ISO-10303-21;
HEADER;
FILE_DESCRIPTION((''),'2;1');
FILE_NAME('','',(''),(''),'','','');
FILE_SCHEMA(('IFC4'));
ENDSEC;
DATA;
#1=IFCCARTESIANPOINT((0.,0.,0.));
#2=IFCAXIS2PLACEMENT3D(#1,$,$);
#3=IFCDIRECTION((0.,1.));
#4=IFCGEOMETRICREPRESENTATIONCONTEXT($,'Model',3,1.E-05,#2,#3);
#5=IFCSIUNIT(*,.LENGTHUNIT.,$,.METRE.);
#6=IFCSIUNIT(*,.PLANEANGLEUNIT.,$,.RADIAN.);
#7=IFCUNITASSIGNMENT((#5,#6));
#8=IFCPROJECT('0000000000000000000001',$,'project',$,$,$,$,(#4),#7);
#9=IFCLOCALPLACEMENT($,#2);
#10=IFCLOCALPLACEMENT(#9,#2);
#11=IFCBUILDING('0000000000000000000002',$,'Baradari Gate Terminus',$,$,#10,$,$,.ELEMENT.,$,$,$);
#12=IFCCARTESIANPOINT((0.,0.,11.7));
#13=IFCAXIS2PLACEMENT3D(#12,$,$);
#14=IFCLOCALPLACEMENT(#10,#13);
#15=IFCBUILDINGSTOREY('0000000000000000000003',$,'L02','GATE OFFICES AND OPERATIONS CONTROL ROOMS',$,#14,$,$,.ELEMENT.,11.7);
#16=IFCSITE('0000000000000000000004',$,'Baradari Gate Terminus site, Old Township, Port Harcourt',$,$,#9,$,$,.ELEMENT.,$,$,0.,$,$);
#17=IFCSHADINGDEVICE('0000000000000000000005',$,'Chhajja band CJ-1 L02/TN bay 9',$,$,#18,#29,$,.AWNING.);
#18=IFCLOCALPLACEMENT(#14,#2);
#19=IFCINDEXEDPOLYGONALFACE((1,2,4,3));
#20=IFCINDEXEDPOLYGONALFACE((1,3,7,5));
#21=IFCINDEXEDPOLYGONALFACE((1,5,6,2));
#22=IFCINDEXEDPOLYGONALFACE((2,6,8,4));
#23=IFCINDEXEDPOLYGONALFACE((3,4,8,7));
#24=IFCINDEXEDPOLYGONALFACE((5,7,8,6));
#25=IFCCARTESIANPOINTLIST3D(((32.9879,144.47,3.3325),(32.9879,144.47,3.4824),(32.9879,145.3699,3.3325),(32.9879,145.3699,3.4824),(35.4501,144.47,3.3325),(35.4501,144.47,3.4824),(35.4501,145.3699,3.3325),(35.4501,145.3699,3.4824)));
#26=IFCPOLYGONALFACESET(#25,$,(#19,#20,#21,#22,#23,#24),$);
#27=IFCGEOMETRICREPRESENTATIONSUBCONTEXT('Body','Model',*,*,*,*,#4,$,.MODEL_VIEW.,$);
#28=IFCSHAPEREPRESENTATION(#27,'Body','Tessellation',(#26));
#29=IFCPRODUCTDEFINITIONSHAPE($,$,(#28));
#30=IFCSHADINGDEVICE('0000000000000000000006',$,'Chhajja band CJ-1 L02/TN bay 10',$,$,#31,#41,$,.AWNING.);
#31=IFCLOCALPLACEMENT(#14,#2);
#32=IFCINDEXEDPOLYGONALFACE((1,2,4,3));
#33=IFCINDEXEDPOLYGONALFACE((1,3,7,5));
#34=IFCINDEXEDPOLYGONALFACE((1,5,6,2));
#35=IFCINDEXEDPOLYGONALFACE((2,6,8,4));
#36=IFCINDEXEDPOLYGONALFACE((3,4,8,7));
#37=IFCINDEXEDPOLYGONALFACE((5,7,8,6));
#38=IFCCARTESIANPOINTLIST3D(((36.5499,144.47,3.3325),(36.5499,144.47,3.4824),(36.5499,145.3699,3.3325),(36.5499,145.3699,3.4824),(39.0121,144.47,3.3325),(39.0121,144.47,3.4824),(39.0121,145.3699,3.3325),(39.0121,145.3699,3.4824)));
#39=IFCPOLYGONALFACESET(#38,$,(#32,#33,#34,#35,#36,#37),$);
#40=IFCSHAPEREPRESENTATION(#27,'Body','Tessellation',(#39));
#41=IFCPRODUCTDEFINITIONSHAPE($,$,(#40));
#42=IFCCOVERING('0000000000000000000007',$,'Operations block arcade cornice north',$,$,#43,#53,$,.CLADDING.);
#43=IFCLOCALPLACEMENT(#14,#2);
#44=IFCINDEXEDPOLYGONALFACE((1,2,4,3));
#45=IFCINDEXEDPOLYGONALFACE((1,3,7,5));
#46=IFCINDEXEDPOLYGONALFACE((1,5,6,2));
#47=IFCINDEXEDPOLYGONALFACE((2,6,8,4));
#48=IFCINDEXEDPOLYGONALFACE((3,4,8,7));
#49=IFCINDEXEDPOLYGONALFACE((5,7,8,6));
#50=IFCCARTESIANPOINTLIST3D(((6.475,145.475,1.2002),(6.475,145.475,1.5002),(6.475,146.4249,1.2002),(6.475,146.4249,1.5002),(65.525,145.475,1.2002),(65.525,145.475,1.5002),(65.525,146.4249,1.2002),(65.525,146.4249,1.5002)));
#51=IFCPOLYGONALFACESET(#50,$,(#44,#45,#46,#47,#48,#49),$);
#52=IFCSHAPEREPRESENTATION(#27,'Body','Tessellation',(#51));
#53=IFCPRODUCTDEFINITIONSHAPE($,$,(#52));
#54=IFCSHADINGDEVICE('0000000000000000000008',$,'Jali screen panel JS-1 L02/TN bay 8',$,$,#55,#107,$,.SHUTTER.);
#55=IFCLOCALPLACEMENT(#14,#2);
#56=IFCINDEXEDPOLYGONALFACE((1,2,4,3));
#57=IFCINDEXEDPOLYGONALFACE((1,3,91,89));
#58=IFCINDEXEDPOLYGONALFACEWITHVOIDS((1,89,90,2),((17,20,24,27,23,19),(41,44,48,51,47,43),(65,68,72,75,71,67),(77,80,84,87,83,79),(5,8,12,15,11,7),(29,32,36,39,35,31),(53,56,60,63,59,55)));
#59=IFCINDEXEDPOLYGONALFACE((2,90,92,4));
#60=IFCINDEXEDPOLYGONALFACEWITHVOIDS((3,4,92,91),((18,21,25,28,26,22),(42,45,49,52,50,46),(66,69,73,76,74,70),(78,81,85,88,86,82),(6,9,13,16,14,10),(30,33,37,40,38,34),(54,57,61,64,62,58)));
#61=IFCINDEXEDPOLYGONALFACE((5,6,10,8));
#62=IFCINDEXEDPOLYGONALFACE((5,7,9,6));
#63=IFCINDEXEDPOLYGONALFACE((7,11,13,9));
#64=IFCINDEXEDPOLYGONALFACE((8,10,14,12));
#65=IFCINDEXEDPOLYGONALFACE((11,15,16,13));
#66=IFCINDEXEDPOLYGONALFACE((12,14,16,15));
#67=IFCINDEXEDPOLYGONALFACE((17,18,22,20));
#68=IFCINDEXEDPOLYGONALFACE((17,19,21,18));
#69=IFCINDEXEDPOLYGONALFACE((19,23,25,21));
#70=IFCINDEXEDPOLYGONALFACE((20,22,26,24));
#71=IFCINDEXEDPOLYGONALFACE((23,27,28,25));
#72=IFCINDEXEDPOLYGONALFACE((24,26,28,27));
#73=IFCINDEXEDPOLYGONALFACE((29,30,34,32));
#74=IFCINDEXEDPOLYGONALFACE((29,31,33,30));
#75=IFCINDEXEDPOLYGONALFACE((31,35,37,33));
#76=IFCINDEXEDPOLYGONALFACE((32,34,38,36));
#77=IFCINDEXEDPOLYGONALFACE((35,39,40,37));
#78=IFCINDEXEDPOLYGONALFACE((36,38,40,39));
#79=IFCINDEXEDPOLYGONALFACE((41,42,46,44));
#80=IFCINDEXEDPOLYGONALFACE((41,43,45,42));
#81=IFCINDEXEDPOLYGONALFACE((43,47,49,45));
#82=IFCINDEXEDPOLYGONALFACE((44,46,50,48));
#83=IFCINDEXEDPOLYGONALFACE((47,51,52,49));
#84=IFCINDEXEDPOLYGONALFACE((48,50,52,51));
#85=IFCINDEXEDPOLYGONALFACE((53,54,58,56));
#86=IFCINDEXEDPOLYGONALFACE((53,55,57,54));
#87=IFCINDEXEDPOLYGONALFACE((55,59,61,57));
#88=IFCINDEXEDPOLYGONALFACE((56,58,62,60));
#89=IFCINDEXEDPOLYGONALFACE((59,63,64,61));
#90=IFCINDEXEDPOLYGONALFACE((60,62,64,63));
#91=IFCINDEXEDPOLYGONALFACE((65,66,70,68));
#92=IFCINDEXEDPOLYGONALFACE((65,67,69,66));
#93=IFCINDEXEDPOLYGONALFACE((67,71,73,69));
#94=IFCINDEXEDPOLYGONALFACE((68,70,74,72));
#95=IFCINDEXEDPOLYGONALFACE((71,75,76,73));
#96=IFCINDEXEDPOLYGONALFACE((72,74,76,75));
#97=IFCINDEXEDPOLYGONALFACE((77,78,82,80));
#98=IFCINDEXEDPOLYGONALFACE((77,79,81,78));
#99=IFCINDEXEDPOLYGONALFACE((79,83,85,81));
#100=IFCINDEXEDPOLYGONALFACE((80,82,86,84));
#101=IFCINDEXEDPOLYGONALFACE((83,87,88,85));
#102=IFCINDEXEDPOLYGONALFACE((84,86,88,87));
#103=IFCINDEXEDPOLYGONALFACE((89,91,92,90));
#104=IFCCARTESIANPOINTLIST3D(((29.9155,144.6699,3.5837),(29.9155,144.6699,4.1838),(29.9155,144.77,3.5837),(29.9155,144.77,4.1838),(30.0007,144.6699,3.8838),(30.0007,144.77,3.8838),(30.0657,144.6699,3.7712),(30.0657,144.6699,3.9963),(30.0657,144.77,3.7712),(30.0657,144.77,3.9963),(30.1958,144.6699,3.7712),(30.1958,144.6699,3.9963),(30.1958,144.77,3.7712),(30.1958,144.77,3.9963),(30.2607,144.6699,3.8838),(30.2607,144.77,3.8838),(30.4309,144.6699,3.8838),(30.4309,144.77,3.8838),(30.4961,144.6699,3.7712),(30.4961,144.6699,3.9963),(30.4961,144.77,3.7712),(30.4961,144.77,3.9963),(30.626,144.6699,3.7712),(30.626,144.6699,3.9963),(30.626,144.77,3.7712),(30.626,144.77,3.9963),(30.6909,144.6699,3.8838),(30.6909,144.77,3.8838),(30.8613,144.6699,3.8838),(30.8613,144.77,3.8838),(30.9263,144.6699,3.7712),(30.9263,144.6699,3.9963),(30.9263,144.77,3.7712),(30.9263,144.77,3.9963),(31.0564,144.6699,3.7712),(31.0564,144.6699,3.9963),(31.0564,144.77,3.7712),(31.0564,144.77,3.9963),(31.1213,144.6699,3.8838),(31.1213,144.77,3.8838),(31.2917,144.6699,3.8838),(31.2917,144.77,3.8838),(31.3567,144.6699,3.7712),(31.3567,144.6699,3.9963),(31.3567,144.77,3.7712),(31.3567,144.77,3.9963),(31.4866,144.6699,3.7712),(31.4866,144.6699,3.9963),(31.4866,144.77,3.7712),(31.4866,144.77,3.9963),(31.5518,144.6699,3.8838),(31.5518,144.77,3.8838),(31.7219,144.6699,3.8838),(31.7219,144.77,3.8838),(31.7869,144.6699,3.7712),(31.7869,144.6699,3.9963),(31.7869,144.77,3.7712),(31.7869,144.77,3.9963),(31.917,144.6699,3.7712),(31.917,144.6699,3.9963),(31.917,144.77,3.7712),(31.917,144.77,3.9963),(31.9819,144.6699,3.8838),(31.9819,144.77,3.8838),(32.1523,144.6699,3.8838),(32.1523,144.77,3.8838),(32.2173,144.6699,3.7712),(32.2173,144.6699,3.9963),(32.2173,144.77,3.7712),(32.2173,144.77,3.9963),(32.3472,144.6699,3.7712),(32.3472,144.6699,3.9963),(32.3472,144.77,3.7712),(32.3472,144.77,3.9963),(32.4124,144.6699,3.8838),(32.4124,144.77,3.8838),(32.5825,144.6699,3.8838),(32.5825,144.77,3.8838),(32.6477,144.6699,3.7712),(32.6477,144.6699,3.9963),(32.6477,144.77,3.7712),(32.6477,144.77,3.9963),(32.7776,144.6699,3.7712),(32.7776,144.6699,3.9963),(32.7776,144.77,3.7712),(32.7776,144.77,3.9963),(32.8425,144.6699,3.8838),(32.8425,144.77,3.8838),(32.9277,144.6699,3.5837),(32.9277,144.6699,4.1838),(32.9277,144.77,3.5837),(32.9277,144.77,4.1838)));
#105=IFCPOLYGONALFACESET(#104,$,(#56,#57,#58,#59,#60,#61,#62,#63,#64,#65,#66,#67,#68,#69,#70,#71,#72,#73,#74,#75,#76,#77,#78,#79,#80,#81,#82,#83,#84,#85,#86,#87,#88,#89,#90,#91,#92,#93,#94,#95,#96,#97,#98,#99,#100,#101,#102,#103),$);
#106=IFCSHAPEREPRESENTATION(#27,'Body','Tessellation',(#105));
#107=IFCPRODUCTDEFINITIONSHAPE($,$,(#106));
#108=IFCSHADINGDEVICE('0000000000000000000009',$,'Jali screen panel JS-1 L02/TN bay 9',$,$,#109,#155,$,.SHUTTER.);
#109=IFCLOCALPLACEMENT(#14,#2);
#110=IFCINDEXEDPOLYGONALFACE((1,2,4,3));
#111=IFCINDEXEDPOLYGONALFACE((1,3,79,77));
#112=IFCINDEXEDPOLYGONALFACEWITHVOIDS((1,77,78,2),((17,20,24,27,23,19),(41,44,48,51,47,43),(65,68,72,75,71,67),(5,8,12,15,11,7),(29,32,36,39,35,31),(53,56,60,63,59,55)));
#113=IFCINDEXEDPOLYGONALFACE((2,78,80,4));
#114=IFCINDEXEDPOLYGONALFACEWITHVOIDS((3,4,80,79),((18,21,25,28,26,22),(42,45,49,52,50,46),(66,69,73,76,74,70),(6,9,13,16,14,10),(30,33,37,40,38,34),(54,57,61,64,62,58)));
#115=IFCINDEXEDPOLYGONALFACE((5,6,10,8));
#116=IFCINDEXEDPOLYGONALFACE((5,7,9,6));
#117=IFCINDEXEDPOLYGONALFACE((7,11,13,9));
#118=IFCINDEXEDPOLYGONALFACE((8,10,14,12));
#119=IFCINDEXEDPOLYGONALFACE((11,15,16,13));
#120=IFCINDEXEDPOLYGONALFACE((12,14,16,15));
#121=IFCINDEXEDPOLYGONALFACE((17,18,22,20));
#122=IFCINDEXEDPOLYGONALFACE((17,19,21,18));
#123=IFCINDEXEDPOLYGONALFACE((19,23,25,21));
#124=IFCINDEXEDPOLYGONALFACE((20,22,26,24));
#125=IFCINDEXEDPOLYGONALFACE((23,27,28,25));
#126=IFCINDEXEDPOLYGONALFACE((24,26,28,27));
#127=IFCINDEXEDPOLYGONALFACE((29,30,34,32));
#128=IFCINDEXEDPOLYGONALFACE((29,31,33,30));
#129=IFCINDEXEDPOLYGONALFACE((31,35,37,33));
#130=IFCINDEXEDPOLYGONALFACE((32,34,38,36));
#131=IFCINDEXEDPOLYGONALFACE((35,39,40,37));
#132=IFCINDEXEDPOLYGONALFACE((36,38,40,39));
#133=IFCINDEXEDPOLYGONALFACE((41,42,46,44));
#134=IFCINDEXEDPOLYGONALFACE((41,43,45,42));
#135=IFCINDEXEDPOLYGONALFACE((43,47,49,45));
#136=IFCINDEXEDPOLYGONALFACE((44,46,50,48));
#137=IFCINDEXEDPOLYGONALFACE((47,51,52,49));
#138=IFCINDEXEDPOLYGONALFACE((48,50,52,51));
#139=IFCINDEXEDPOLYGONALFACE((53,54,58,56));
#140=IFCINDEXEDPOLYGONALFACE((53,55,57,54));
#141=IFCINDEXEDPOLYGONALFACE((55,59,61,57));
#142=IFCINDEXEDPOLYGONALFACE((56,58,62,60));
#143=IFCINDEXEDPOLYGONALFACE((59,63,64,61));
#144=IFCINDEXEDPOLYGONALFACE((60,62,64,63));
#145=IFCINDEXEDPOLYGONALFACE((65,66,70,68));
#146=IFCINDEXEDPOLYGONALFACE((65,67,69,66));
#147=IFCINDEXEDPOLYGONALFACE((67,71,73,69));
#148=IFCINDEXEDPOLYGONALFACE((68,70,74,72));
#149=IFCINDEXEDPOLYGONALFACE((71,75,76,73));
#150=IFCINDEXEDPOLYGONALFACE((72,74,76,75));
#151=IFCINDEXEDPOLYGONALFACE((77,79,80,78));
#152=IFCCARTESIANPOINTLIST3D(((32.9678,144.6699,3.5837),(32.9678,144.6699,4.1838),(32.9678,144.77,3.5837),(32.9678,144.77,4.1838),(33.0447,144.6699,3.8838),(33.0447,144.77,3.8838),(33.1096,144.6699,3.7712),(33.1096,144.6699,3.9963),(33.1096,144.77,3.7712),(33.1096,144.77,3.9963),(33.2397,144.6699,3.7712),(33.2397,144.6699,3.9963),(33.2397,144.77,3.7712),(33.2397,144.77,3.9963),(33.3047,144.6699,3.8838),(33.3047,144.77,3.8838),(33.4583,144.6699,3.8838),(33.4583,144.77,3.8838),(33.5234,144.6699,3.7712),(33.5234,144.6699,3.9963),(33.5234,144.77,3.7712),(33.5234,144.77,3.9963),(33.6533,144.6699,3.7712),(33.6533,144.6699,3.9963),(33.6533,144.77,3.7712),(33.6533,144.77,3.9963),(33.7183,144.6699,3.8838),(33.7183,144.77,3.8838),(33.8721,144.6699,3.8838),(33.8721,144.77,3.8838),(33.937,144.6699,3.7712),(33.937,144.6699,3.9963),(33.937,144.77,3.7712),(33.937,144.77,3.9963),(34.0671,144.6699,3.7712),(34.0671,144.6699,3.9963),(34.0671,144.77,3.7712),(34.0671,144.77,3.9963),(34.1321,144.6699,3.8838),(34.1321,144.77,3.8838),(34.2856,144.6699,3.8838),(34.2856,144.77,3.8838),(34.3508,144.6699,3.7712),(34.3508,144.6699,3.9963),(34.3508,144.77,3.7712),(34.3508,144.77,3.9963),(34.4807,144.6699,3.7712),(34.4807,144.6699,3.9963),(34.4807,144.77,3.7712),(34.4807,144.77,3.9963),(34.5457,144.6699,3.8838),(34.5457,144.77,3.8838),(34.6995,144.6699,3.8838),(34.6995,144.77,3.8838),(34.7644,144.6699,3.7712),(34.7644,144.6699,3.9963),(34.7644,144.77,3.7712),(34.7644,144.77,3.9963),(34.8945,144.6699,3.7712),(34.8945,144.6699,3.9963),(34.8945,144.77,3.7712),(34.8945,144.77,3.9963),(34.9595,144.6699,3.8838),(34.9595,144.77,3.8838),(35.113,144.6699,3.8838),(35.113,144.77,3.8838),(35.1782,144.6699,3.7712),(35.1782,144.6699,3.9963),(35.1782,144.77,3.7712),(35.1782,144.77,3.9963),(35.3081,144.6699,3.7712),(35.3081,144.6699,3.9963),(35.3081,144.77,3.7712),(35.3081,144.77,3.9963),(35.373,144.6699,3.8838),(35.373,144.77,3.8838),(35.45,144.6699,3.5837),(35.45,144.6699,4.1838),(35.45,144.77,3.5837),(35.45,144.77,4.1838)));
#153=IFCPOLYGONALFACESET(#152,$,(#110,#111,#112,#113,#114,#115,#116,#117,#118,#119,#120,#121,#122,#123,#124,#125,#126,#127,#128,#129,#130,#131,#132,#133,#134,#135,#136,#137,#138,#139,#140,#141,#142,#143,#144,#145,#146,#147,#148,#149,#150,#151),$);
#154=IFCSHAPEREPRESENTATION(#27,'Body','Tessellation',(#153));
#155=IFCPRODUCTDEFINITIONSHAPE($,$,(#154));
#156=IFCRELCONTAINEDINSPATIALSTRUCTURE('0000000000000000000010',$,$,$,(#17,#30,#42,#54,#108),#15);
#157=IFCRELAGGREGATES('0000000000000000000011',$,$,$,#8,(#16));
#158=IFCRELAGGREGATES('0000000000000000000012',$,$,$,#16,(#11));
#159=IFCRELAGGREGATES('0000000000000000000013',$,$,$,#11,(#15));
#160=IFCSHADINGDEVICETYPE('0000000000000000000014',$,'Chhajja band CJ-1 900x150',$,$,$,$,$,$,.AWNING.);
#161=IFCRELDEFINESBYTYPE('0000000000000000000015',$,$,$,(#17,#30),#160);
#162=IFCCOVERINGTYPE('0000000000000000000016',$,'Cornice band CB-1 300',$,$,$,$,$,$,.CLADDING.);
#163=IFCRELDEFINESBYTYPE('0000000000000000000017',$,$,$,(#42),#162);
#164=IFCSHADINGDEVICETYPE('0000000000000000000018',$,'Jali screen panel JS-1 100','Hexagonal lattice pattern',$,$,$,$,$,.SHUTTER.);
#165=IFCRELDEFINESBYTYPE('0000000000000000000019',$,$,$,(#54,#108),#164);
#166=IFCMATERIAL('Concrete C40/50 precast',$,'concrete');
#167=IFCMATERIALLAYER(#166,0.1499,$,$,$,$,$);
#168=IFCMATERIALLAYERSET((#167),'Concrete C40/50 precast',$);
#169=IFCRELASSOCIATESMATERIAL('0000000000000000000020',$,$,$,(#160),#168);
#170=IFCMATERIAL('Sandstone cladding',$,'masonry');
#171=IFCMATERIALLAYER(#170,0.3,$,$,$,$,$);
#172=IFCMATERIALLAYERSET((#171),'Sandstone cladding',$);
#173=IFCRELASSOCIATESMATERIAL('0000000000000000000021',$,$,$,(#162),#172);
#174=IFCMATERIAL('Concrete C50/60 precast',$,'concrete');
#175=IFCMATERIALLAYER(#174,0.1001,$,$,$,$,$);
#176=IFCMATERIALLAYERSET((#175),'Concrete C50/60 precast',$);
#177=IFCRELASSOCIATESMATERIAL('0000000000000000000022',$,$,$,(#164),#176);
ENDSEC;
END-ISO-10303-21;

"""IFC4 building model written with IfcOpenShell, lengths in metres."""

from ifc_helpers import new_model, si_unit, direction, frame, origin, origin_2d, place, context, subcontext, project, spatial, polyline, rectangle, outline, extrude, material, layer, layer_set, type_object, element, save


model = new_model("IFC4")

# Units and contexts
model_context = context("Model", 3, precision=1e-05, world=origin(), true_north=direction((0.0, 1.0)))
body_context = subcontext(model_context, "Body", "Model", "MODEL_VIEW")
ifc_project = project(units=[si_unit("LENGTHUNIT", "METRE"), si_unit("PLANEANGLEUNIT", "RADIAN")], contexts=[model_context])

# Site, building, storey
site_placement = place(None, origin())
site = spatial("IfcSite", under=ifc_project, at=site_placement, Name="Baradari Gate Terminus site, Old Township, Port Harcourt", CompositionType="ELEMENT", RefElevation=0.0)
building_placement = place(site_placement, origin())
building = spatial("IfcBuilding", under=site, at=building_placement, Name="Baradari Gate Terminus", CompositionType="ELEMENT")
storey_placement = place(building_placement, frame((0.0, 0.0, 11.7)))
storey = spatial("IfcBuildingStorey", under=building, at=storey_placement, Name="L02", Description="GATE OFFICES AND OPERATIONS CONTROL ROOMS", CompositionType="ELEMENT", Elevation=11.7)

# Shading devices
ifc_material_1 = material(Name="Concrete C40/50 precast", Category="concrete")
ifc_layer_1 = layer(ifc_material_1, 0.1499)
ifc_layer_set_1 = layer_set([ifc_layer_1], Name="Concrete C40/50 precast")
shading_device_type_1 = type_object("IfcShadingDeviceType", Name="Chhajja band CJ-1 900x150", PredefinedType="AWNING", material=ifc_layer_set_1)
for number, where, z_axis, x_axis, name in (
    (1, (34.219, 144.9199, 3.3325), (0.0, 0.0, 1.0), (1.0, 0.0, 0.0), "Chhajja band CJ-1 L02/TN bay 9"),
    (2, (37.781, 144.9199, 3.3325), (0.0, 0.0, 1.0), (1.0, 0.0, 0.0), "Chhajja band CJ-1 L02/TN bay 10"),
):
    element("IfcShadingDevice", number, at=place(storey_placement, frame(where, z_axis=z_axis, x_axis=x_axis)), inside=storey, type_object=shading_device_type_1, Name=name, PredefinedType="AWNING", context=body_context, shape_type="SweptSolid", body=[
        extrude(rectangle(XDim=2.4622, YDim=0.8999, at=origin_2d()), origin(), (0.0, 0.0, 1.0), 0.1499),
    ])

# Covering
ifc_material_2 = material(Name="Sandstone cladding", Category="masonry")
ifc_layer_2 = layer(ifc_material_2, 0.3)
ifc_layer_set_2 = layer_set([ifc_layer_2], Name="Sandstone cladding")
covering_type = type_object("IfcCoveringType", Name="Cornice band CB-1 300", PredefinedType="CLADDING", material=ifc_layer_set_2)
covering_placement = place(storey_placement, frame((36.0, 145.95, 1.2002), z_axis=(0.0, 0.0, 1.0), x_axis=(1.0, 0.0, 0.0)))
element("IfcCovering", 3, at=covering_placement, inside=storey, type_object=covering_type, Name="Operations block arcade cornice north", PredefinedType="CLADDING", context=body_context, shape_type="SweptSolid", body=[
    extrude(rectangle(XDim=59.05, YDim=0.95, at=origin_2d()), origin(), (0.0, 0.0, 1.0), 0.3),
])

# Shading devices
ifc_material_3 = material(Name="Concrete C50/60 precast", Category="concrete")
ifc_layer_3 = layer(ifc_material_3, 0.1001)
ifc_layer_set_3 = layer_set([ifc_layer_3], Name="Concrete C50/60 precast")
shading_device_type_2 = type_object("IfcShadingDeviceType", Name="Jali screen panel JS-1 100", Description="Hexagonal lattice pattern", PredefinedType="SHUTTER", material=ifc_layer_set_3)
shading_device_1_placement = place(storey_placement, frame((29.9155, 144.72, 3.5837), z_axis=(0.0, 0.0, 1.0), x_axis=(1.0, 0.0, 0.0)))
element("IfcShadingDevice", 4, at=shading_device_1_placement, inside=storey, type_object=shading_device_type_2, Name="Jali screen panel JS-1 L02/TN bay 8", PredefinedType="SHUTTER", context=body_context, shape_type="SweptSolid", body=[
    extrude(outline(polyline([(0.0, 0.0), (3.0122, 0.0), (3.0122, 0.6001), (0.0, 0.6001), (0.0, 0.0)]), holes=[polyline([(0.3452, 0.3), (0.2803, 0.1875), (0.1501, 0.1875), (0.0852, 0.3), (0.1501, 0.4126), (0.2803, 0.4126), (0.3452, 0.3)]), polyline([(0.7754, 0.3), (0.7104, 0.1875), (0.5806, 0.1875), (0.5154, 0.3), (0.5806, 0.4126), (0.7104, 0.4126), (0.7754, 0.3)]), polyline([(1.2058, 0.3), (1.1409, 0.1875), (1.0107, 0.1875), (0.9458, 0.3), (1.0107, 0.4126), (1.1409, 0.4126), (1.2058, 0.3)]), polyline([(1.6362, 0.3), (1.571, 0.1875), (1.4412, 0.1875), (1.3762, 0.3), (1.4412, 0.4126), (1.571, 0.4126), (1.6362, 0.3)]), polyline([(2.0664, 0.3), (2.0015, 0.1875), (1.8713, 0.1875), (1.8064, 0.3), (1.8713, 0.4126), (2.0015, 0.4126), (2.0664, 0.3)]), polyline([(2.4968, 0.3), (2.4316, 0.1875), (2.3018, 0.1875), (2.2368, 0.3), (2.3018, 0.4126), (2.4316, 0.4126), (2.4968, 0.3)]), polyline([(2.927, 0.3), (2.8621, 0.1875), (2.7322, 0.1875), (2.667, 0.3), (2.7322, 0.4126), (2.8621, 0.4126), (2.927, 0.3)])]), frame((0.0, 0.05, 0.0), z_axis=(0.0, -1.0, 0.0), x_axis=(1.0, 0.0, 0.0)), (0.0, 0.0, 1.0), 0.1001),
])
for number, where, z_axis, x_axis, name in (
    (5, (32.9678, 144.72, 3.5837), (0.0, 0.0, 1.0), (1.0, 0.0, 0.0), "Jali screen panel JS-1 L02/TN bay 9"),
):
    element("IfcShadingDevice", number, at=place(storey_placement, frame(where, z_axis=z_axis, x_axis=x_axis)), inside=storey, type_object=shading_device_type_2, Name=name, PredefinedType="SHUTTER", context=body_context, shape_type="SweptSolid", body=[
        extrude(outline(polyline([(0.0, 0.0), (2.4822, 0.0), (2.4822, 0.6001), (0.0, 0.6001), (0.0, 0.0)]), holes=[polyline([(0.3369, 0.3), (0.272, 0.1875), (0.1418, 0.1875), (0.0769, 0.3), (0.1418, 0.4126), (0.272, 0.4126), (0.3369, 0.3)]), polyline([(0.7505, 0.3), (0.6855, 0.1875), (0.5557, 0.1875), (0.4905, 0.3), (0.5557, 0.4126), (0.6855, 0.4126), (0.7505, 0.3)]), polyline([(1.1643, 0.3), (1.0994, 0.1875), (0.9692, 0.1875), (0.9043, 0.3), (0.9692, 0.4126), (1.0994, 0.4126), (1.1643, 0.3)]), polyline([(1.5779, 0.3), (1.5129, 0.1875), (1.3831, 0.1875), (1.3179, 0.3), (1.3831, 0.4126), (1.5129, 0.4126), (1.5779, 0.3)]), polyline([(1.9917, 0.3), (1.9268, 0.1875), (1.7966, 0.1875), (1.7317, 0.3), (1.7966, 0.4126), (1.9268, 0.4126), (1.9917, 0.3)]), polyline([(2.4053, 0.3), (2.3403, 0.1875), (2.2104, 0.1875), (2.1453, 0.3), (2.2104, 0.4126), (2.3403, 0.4126), (2.4053, 0.3)])]), frame((0.0, 0.05, 0.0), z_axis=(0.0, -1.0, 0.0), x_axis=(1.0, 0.0, 0.0)), (0.0, 0.0, 1.0), 0.1001),
    ])

save(model, "model.ifc")
